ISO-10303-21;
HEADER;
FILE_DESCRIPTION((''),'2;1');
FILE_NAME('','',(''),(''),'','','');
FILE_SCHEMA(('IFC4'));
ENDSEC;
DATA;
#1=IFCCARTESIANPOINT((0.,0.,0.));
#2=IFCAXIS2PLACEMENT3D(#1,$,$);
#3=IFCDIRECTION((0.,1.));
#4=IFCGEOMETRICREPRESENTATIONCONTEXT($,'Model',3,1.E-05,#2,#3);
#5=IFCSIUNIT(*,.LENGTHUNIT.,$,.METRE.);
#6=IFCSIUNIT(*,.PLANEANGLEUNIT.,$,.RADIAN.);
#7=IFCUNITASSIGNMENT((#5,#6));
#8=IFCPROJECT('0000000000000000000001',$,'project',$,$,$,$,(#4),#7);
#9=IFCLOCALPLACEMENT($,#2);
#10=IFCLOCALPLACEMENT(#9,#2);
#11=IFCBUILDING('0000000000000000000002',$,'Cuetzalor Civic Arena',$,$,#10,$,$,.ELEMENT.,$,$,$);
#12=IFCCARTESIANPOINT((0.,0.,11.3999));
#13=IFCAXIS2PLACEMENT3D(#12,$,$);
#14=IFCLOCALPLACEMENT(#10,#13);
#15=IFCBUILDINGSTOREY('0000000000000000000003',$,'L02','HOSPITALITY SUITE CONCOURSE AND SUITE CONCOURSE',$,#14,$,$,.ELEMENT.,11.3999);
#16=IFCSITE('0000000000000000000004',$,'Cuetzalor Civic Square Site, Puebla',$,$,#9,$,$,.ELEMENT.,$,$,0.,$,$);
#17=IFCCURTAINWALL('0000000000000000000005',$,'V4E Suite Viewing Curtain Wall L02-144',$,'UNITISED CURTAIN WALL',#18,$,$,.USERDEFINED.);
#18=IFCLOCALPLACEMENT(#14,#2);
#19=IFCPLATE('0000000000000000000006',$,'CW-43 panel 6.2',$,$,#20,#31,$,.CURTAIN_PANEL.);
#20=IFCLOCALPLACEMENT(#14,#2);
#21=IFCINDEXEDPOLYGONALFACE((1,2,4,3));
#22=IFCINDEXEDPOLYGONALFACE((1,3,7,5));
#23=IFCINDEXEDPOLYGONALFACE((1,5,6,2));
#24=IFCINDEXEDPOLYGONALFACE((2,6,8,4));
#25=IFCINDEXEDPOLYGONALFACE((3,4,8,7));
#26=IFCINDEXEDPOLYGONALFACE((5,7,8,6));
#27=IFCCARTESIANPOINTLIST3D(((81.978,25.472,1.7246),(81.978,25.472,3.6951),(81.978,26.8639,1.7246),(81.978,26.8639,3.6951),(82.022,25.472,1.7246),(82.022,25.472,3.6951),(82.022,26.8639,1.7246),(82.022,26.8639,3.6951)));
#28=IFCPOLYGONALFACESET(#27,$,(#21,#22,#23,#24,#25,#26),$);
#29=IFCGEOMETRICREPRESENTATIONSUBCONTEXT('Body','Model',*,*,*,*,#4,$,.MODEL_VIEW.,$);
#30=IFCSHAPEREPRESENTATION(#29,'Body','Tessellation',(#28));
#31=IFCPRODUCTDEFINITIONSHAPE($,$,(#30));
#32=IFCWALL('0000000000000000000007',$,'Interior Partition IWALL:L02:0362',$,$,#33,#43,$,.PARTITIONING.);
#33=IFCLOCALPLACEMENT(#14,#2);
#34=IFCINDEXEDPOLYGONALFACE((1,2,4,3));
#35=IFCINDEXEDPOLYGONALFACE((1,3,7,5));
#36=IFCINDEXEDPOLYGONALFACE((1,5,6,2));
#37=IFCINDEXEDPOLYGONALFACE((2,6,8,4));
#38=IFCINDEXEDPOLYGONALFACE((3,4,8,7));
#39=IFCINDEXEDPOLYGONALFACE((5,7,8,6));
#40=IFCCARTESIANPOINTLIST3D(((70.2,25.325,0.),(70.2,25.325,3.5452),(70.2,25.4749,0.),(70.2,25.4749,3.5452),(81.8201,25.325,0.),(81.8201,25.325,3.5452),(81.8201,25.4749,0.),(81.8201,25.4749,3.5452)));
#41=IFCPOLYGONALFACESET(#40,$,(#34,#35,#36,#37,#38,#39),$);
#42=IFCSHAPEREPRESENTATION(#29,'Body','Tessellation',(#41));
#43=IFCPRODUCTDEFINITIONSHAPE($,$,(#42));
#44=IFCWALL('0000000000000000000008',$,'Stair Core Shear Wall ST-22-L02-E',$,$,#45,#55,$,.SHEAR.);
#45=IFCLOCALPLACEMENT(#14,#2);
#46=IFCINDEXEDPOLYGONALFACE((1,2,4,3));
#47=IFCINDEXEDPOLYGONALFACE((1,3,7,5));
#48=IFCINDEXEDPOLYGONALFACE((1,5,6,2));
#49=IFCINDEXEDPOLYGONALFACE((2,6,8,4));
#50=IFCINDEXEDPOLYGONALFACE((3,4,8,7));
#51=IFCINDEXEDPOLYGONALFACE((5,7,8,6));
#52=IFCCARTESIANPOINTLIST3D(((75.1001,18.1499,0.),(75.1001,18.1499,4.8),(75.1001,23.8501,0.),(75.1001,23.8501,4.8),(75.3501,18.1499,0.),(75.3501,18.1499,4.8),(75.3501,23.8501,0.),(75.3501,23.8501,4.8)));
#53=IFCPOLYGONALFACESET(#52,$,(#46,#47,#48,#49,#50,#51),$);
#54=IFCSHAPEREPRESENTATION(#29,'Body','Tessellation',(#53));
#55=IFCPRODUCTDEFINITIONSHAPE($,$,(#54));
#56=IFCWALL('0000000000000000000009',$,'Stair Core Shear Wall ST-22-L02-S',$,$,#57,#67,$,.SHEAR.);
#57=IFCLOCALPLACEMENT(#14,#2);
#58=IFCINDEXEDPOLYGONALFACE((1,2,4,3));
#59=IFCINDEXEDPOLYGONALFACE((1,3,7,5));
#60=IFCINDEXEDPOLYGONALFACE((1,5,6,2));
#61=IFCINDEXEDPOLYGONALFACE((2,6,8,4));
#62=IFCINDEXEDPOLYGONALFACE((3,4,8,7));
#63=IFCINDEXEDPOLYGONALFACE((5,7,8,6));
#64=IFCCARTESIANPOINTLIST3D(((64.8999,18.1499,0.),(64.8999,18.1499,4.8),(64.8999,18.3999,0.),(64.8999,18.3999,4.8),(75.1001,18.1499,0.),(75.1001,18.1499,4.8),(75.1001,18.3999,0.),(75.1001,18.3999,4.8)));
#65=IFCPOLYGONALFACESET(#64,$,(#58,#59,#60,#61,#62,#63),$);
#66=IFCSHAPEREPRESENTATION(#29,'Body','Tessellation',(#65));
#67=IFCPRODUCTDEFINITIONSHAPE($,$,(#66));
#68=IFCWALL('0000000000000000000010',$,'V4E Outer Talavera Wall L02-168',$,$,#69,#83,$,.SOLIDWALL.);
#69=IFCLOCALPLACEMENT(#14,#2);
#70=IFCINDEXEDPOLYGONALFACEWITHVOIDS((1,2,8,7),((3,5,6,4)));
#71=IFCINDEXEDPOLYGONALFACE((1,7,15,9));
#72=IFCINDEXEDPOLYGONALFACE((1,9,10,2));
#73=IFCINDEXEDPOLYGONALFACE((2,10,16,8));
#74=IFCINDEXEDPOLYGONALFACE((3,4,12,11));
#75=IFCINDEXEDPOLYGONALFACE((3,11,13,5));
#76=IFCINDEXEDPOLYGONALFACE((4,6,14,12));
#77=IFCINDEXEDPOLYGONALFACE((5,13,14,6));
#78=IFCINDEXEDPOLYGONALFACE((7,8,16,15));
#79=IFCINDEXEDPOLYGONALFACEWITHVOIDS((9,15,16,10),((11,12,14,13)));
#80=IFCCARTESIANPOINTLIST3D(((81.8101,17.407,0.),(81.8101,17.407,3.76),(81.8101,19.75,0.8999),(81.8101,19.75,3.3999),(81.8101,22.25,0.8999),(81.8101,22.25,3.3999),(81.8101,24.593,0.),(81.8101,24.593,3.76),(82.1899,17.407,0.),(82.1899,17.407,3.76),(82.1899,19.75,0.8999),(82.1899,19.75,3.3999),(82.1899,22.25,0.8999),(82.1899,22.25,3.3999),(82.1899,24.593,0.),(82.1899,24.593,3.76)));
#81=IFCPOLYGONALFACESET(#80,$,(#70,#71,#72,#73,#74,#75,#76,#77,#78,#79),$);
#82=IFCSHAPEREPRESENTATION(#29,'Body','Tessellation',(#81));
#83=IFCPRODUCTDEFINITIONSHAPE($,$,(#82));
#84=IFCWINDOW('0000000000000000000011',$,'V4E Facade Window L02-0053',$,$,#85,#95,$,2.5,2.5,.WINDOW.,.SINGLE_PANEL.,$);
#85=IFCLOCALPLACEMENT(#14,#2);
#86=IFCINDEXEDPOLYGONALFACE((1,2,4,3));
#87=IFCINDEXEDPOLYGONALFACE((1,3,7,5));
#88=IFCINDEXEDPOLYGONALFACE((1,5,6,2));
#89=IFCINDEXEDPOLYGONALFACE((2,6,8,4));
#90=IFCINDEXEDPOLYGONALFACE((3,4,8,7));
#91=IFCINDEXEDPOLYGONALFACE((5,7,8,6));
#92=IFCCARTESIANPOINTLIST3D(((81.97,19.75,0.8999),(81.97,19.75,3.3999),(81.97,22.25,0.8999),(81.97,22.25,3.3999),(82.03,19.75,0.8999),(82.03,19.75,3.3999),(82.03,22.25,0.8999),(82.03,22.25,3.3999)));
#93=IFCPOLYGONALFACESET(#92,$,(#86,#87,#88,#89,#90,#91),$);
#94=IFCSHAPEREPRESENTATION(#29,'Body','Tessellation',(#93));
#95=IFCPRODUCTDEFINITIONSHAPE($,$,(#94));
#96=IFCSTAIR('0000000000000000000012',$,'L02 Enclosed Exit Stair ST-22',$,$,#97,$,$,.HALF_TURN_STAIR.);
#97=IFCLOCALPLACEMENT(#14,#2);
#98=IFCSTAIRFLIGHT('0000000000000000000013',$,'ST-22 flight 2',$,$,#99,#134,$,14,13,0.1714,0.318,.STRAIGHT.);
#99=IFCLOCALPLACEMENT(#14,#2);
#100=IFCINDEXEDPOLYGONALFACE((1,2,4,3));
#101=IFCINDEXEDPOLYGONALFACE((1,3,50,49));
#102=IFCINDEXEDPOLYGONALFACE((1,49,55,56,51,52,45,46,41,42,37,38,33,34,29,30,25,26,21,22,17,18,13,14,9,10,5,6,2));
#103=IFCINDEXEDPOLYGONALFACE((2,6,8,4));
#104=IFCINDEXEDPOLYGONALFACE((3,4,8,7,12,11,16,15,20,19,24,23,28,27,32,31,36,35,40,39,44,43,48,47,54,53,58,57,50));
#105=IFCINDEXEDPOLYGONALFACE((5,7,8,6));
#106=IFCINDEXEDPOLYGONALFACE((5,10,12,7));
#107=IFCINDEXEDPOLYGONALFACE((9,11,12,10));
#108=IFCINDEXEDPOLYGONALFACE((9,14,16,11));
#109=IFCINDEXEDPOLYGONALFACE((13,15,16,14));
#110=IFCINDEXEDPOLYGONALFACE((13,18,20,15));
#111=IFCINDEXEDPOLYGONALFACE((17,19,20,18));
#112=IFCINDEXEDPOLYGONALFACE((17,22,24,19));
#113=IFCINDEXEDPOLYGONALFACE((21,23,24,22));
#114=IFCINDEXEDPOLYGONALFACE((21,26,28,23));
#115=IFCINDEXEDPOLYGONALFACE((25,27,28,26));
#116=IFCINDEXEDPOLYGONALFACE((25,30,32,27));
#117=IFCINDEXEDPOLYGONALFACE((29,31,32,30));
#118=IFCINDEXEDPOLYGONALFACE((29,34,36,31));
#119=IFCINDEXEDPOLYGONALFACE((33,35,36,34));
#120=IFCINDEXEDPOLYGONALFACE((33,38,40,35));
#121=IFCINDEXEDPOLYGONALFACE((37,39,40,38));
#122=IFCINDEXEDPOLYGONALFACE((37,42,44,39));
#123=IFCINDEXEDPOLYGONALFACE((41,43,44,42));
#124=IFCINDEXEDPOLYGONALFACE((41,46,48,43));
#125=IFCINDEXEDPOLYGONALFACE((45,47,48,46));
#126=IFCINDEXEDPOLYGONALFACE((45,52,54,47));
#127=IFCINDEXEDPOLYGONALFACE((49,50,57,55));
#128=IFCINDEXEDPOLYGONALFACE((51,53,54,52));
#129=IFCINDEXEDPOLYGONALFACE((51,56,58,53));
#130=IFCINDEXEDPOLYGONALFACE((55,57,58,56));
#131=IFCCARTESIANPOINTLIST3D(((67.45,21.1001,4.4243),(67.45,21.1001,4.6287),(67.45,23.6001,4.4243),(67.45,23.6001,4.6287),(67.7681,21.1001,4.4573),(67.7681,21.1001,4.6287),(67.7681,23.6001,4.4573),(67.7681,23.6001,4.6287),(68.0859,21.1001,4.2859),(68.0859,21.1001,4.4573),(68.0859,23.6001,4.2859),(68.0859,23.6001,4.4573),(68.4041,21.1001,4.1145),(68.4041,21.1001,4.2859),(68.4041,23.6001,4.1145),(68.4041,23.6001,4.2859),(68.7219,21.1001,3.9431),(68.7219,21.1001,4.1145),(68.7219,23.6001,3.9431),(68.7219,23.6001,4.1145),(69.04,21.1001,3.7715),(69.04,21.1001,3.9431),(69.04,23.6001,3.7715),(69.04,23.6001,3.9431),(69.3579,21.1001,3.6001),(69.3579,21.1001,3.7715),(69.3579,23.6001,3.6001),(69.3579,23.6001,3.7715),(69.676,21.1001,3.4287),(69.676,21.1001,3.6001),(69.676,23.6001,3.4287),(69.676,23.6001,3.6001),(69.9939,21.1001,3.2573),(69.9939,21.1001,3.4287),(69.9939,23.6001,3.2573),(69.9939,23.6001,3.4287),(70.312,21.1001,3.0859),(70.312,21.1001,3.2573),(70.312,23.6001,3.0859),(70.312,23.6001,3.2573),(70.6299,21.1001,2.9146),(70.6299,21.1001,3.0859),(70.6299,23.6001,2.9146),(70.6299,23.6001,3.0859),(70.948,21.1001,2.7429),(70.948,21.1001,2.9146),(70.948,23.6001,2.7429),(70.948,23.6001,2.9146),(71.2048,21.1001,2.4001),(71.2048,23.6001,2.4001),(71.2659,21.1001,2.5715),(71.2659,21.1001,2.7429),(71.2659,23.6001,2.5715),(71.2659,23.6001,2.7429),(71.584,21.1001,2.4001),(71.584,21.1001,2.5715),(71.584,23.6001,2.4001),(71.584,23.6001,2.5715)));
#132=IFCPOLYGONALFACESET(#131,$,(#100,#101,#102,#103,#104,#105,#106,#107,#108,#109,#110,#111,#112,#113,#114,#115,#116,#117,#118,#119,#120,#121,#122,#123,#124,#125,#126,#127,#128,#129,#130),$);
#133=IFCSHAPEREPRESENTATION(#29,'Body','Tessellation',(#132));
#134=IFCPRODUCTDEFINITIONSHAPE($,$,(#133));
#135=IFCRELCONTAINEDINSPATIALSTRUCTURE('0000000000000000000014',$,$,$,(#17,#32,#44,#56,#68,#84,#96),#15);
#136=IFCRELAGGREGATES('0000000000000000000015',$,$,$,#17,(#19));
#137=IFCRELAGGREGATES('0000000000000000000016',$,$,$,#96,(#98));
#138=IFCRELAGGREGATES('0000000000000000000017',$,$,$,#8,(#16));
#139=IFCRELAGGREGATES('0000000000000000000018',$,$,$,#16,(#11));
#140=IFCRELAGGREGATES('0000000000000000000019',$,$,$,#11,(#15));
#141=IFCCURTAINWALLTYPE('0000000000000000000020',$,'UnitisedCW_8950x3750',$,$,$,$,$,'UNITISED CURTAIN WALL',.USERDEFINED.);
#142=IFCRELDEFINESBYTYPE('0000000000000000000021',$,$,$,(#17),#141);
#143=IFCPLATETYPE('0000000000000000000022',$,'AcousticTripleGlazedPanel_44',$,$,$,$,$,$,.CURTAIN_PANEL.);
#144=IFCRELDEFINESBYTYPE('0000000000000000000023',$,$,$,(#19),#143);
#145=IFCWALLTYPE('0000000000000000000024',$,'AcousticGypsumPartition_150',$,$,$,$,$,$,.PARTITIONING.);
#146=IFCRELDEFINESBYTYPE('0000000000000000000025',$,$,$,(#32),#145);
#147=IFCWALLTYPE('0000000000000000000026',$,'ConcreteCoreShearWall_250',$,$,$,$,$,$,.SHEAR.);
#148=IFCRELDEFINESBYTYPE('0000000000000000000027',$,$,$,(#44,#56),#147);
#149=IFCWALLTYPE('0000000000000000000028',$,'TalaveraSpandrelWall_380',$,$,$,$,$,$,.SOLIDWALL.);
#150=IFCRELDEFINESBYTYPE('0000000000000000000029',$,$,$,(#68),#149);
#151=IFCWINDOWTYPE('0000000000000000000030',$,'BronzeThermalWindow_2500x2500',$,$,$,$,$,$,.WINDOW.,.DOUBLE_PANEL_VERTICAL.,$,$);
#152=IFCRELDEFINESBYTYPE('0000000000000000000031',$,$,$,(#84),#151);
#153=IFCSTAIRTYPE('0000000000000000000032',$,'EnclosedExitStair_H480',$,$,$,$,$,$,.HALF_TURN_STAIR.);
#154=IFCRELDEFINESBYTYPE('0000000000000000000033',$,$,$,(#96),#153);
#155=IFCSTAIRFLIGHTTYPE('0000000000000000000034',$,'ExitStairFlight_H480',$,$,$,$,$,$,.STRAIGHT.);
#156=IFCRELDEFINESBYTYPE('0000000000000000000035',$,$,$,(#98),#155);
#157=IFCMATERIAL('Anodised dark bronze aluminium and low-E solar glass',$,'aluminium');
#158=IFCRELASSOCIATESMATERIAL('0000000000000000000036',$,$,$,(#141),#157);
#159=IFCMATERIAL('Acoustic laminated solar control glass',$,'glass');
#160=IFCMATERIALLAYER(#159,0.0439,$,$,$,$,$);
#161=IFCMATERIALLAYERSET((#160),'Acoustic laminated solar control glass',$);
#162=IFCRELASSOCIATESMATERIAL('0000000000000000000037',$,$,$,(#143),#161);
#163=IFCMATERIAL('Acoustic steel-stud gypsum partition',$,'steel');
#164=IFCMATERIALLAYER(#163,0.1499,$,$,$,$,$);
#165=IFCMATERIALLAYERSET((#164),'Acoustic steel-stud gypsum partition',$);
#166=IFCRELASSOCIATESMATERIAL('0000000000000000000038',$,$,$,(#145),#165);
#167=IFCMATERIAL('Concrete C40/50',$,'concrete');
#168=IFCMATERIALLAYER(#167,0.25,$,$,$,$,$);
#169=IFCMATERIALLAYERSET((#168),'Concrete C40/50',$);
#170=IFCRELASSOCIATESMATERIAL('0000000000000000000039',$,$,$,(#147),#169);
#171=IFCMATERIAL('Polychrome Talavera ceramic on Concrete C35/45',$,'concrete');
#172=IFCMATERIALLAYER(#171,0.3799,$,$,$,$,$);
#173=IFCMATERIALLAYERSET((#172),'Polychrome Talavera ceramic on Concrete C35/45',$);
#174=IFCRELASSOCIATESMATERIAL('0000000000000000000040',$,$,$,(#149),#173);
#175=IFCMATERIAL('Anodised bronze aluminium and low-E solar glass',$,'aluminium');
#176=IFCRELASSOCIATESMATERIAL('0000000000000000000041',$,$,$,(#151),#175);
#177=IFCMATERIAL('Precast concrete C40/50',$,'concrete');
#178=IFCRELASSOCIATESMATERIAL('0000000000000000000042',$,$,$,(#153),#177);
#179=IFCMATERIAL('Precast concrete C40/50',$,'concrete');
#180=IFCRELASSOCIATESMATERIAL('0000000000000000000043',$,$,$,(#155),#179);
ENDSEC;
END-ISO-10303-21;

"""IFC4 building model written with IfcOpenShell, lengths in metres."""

from ifc_helpers import new_model, si_unit, direction, frame, frame_2d, origin, origin_2d, place, context, subcontext, project, spatial, polyline, rectangle, outline, extrude, material, layer, layer_set, type_object, element, fill, aggregate, save


model = new_model("IFC4")

# Units and contexts
model_context = context("Model", 3, precision=1e-05, world=origin(), true_north=direction((0.0, 1.0)))
body_context = subcontext(model_context, "Body", "Model", "MODEL_VIEW")
ifc_project = project(units=[si_unit("LENGTHUNIT", "METRE"), si_unit("PLANEANGLEUNIT", "RADIAN")], contexts=[model_context])

# Site, building, storey
site_placement = place(None, origin())
site = spatial("IfcSite", under=ifc_project, at=site_placement, Name="Cuetzalor Civic Square Site, Puebla", CompositionType="ELEMENT", RefElevation=0.0)
building_placement = place(site_placement, origin())
building = spatial("IfcBuilding", under=site, at=building_placement, Name="Cuetzalor Civic Arena", CompositionType="ELEMENT")
storey_placement = place(building_placement, frame((0.0, 0.0, 11.3999)))
storey = spatial("IfcBuildingStorey", under=building, at=storey_placement, Name="L02", Description="HOSPITALITY SUITE CONCOURSE AND SUITE CONCOURSE", CompositionType="ELEMENT", Elevation=11.3999)

# Curtain wall
ifc_material_1 = material(Name="Anodised dark bronze aluminium and low-E solar glass", Category="aluminium")
curtain_wall_type = type_object("IfcCurtainWallType", Name="UnitisedCW_8950x3750", ElementType="UNITISED CURTAIN WALL", PredefinedType="USERDEFINED", material=ifc_material_1)
curtain_wall_placement = place(storey_placement, origin())
curtain_wall = element("IfcCurtainWall", 1, at=curtain_wall_placement, inside=storey, type_object=curtain_wall_type, Name="V4E Suite Viewing Curtain Wall L02-144", ObjectType="UNITISED CURTAIN WALL", PredefinedType="USERDEFINED")

# Plate
ifc_material_2 = material(Name="Acoustic laminated solar control glass", Category="glass")
ifc_layer_1 = layer(ifc_material_2, 0.0439)
ifc_layer_set_1 = layer_set([ifc_layer_1], Name="Acoustic laminated solar control glass")
plate_type = type_object("IfcPlateType", Name="AcousticTripleGlazedPanel_44", PredefinedType="CURTAIN_PANEL", material=ifc_layer_set_1)
plate_1_placement = place(storey_placement, frame((82.0, 26.168, 1.7246), z_axis=(0.0, 0.0, 1.0), x_axis=(0.0, -1.0, 0.0)))
plate_1 = element("IfcPlate", 2, at=plate_1_placement, type_object=plate_type, Name="CW-43 panel 6.2", PredefinedType="CURTAIN_PANEL", context=body_context, shape_type="SweptSolid", body=[
    extrude(rectangle(XDim=1.3918, YDim=0.0439, at=origin_2d()), origin(), (0.0, 0.0, 1.0), 1.9705),
])
aggregate(curtain_wall, [plate_1])

# Walls
ifc_material_3 = material(Name="Acoustic steel-stud gypsum partition", Category="steel")
ifc_layer_2 = layer(ifc_material_3, 0.1499)
ifc_layer_set_2 = layer_set([ifc_layer_2], Name="Acoustic steel-stud gypsum partition")
wall_type_1 = type_object("IfcWallType", Name="AcousticGypsumPartition_150", PredefinedType="PARTITIONING", material=ifc_layer_set_2)
wall_1_placement = place(storey_placement, frame((81.8201, 25.3999, 0.0), z_axis=(0.0, 0.0, 1.0), x_axis=(-1.0, 0.0, 0.0)))
element("IfcWall", 3, at=wall_1_placement, inside=storey, type_object=wall_type_1, Name="Interior Partition IWALL:L02:0362", PredefinedType="PARTITIONING", context=body_context, shape_type="SweptSolid", body=[
    extrude(rectangle(XDim=11.6201, YDim=0.1499, at=frame_2d((5.8101, 0.0))), origin(), (0.0, 0.0, 1.0), 3.5452),
])
ifc_material_4 = material(Name="Concrete C40/50", Category="concrete")
ifc_layer_3 = layer(ifc_material_4, 0.25)
ifc_layer_set_3 = layer_set([ifc_layer_3], Name="Concrete C40/50")
wall_type_2 = type_object("IfcWallType", Name="ConcreteCoreShearWall_250", PredefinedType="SHEAR", material=ifc_layer_set_3)
wall_2_placement = place(storey_placement, frame((75.2251, 23.8501, 0.0), z_axis=(0.0, 0.0, 1.0), x_axis=(0.0, -1.0, 0.0)))
element("IfcWall", 4, at=wall_2_placement, inside=storey, type_object=wall_type_2, Name="Stair Core Shear Wall ST-22-L02-E", PredefinedType="SHEAR", context=body_context, shape_type="SweptSolid", body=[
    extrude(rectangle(XDim=5.7002, YDim=0.25, at=frame_2d((2.8501, 0.0))), origin(), (0.0, 0.0, 1.0), 4.8),
])
wall_3_placement = place(storey_placement, frame((75.1001, 18.2749, 0.0), z_axis=(0.0, 0.0, 1.0), x_axis=(-1.0, 0.0, 0.0)))
element("IfcWall", 5, at=wall_3_placement, inside=storey, type_object=wall_type_2, Name="Stair Core Shear Wall ST-22-L02-S", PredefinedType="SHEAR", context=body_context, shape_type="SweptSolid", body=[
    extrude(rectangle(XDim=10.2002, YDim=0.25, at=frame_2d((5.1001, 0.0))), origin(), (0.0, 0.0, 1.0), 4.8),
])

# Wall, opening, window
ifc_material_5 = material(Name="Polychrome Talavera ceramic on Concrete C35/45", Category="concrete")
ifc_layer_4 = layer(ifc_material_5, 0.3799)
ifc_layer_set_4 = layer_set([ifc_layer_4], Name="Polychrome Talavera ceramic on Concrete C35/45")
wall_type_3 = type_object("IfcWallType", Name="TalaveraSpandrelWall_380", PredefinedType="SOLIDWALL", material=ifc_layer_set_4)
wall_4_placement = place(storey_placement, frame((82.0, 24.593, 0.0), z_axis=(0.0, 0.0, 1.0), x_axis=(0.0, -1.0, 0.0)))
wall_4 = element("IfcWall", 6, at=wall_4_placement, inside=storey, type_object=wall_type_3, Name="V4E Outer Talavera Wall L02-168", PredefinedType="SOLIDWALL", context=body_context, shape_type="SweptSolid", body=[
    extrude(rectangle(XDim=7.186, YDim=0.3799, at=frame_2d((3.593, 0.0))), origin(), (0.0, 0.0, 1.0), 3.76),
])
opening_placement = place(wall_4_placement, frame((2.343, 0.0, 0.8999)))
opening = element("IfcOpeningElement", 7, at=opening_placement, cuts=wall_4, PredefinedType="OPENING", context=body_context, shape_type="SweptSolid", body=[
    extrude(rectangle(XDim=2.5, YDim=2.5, at=frame_2d((1.25, 1.25))), frame((0.0, 0.2, 0.0), z_axis=(0.0, -1.0, 0.0), x_axis=(1.0, 0.0, 0.0)), (0.0, 0.0, 1.0), 0.3999),
])
ifc_material_6 = material(Name="Anodised bronze aluminium and low-E solar glass", Category="aluminium")
window_type = type_object("IfcWindowType", Name="BronzeThermalWindow_2500x2500", PartitioningType="DOUBLE_PANEL_VERTICAL", PredefinedType="WINDOW", material=ifc_material_6)
window_placement = place(opening_placement, origin())
window = element("IfcWindow", 8, at=window_placement, inside=storey, type_object=window_type, Name="V4E Facade Window L02-0053", OverallHeight=2.5, OverallWidth=2.5, PartitioningType="SINGLE_PANEL", PredefinedType="WINDOW", context=body_context, shape_type="SweptSolid", body=[
    extrude(rectangle(XDim=2.5, YDim=2.5, at=frame_2d((1.25, 1.25))), frame((0.0, 0.03, 0.0), z_axis=(0.0, -1.0, 0.0), x_axis=(1.0, 0.0, 0.0)), (0.0, 0.0, 1.0), 0.0601),
])
fill(opening, window)

# Stair, stair flight
ifc_material_7 = material(Name="Precast concrete C40/50", Category="concrete")
stair_type = type_object("IfcStairType", Name="EnclosedExitStair_H480", PredefinedType="HALF_TURN_STAIR", material=ifc_material_7)
stair_placement = place(storey_placement, origin())
stair = element("IfcStair", 9, at=stair_placement, inside=storey, type_object=stair_type, Name="L02 Enclosed Exit Stair ST-22", PredefinedType="HALF_TURN_STAIR")
ifc_material_8 = material(Name="Precast concrete C40/50", Category="concrete")
stair_flight_type = type_object("IfcStairFlightType", Name="ExitStairFlight_H480", PredefinedType="STRAIGHT", material=ifc_material_8)
stair_flight_placement = place(storey_placement, frame((71.584, 22.3501, 2.4001), z_axis=(0.0, 0.0, 1.0), x_axis=(-1.0, 0.0, 0.0)))
stair_flight = element("IfcStairFlight", 10, at=stair_flight_placement, type_object=stair_flight_type, Name="ST-22 flight 2", NumberOfRisers=14, NumberOfTreads=13, PredefinedType="STRAIGHT", RiserHeight=0.1714, TreadLength=0.318, context=body_context, shape_type="SweptSolid", body=[
    extrude(outline(polyline([(0.0, 0.0), (0.0, 0.1714), (0.3181, 0.1714), (0.3181, 0.3428), (0.636, 0.3428), (0.636, 0.5144), (0.9541, 0.5144), (0.9541, 0.6858), (1.272, 0.6858), (1.272, 0.8572), (1.5901, 0.8572), (1.5901, 1.0286), (1.908, 1.0286), (1.908, 1.2), (2.2261, 1.2), (2.2261, 1.3713), (2.5439, 1.3713), (2.5439, 1.543), (2.8621, 1.543), (2.8621, 1.7144), (3.1799, 1.7144), (3.1799, 1.8857), (3.498, 1.8857), (3.498, 2.0571), (3.8159, 2.0571), (3.8159, 2.2285), (4.134, 2.2285), (4.134, 2.3999), (4.134, 2.0242), (0.3792, 0.0), (0.0, 0.0)])), frame((0.0, 1.25, 0.0), z_axis=(0.0, -1.0, 0.0), x_axis=(1.0, 0.0, 0.0)), (0.0, 0.0, 1.0), 2.5),
])
aggregate(stair, [stair_flight])

save(model, "model.ifc")
